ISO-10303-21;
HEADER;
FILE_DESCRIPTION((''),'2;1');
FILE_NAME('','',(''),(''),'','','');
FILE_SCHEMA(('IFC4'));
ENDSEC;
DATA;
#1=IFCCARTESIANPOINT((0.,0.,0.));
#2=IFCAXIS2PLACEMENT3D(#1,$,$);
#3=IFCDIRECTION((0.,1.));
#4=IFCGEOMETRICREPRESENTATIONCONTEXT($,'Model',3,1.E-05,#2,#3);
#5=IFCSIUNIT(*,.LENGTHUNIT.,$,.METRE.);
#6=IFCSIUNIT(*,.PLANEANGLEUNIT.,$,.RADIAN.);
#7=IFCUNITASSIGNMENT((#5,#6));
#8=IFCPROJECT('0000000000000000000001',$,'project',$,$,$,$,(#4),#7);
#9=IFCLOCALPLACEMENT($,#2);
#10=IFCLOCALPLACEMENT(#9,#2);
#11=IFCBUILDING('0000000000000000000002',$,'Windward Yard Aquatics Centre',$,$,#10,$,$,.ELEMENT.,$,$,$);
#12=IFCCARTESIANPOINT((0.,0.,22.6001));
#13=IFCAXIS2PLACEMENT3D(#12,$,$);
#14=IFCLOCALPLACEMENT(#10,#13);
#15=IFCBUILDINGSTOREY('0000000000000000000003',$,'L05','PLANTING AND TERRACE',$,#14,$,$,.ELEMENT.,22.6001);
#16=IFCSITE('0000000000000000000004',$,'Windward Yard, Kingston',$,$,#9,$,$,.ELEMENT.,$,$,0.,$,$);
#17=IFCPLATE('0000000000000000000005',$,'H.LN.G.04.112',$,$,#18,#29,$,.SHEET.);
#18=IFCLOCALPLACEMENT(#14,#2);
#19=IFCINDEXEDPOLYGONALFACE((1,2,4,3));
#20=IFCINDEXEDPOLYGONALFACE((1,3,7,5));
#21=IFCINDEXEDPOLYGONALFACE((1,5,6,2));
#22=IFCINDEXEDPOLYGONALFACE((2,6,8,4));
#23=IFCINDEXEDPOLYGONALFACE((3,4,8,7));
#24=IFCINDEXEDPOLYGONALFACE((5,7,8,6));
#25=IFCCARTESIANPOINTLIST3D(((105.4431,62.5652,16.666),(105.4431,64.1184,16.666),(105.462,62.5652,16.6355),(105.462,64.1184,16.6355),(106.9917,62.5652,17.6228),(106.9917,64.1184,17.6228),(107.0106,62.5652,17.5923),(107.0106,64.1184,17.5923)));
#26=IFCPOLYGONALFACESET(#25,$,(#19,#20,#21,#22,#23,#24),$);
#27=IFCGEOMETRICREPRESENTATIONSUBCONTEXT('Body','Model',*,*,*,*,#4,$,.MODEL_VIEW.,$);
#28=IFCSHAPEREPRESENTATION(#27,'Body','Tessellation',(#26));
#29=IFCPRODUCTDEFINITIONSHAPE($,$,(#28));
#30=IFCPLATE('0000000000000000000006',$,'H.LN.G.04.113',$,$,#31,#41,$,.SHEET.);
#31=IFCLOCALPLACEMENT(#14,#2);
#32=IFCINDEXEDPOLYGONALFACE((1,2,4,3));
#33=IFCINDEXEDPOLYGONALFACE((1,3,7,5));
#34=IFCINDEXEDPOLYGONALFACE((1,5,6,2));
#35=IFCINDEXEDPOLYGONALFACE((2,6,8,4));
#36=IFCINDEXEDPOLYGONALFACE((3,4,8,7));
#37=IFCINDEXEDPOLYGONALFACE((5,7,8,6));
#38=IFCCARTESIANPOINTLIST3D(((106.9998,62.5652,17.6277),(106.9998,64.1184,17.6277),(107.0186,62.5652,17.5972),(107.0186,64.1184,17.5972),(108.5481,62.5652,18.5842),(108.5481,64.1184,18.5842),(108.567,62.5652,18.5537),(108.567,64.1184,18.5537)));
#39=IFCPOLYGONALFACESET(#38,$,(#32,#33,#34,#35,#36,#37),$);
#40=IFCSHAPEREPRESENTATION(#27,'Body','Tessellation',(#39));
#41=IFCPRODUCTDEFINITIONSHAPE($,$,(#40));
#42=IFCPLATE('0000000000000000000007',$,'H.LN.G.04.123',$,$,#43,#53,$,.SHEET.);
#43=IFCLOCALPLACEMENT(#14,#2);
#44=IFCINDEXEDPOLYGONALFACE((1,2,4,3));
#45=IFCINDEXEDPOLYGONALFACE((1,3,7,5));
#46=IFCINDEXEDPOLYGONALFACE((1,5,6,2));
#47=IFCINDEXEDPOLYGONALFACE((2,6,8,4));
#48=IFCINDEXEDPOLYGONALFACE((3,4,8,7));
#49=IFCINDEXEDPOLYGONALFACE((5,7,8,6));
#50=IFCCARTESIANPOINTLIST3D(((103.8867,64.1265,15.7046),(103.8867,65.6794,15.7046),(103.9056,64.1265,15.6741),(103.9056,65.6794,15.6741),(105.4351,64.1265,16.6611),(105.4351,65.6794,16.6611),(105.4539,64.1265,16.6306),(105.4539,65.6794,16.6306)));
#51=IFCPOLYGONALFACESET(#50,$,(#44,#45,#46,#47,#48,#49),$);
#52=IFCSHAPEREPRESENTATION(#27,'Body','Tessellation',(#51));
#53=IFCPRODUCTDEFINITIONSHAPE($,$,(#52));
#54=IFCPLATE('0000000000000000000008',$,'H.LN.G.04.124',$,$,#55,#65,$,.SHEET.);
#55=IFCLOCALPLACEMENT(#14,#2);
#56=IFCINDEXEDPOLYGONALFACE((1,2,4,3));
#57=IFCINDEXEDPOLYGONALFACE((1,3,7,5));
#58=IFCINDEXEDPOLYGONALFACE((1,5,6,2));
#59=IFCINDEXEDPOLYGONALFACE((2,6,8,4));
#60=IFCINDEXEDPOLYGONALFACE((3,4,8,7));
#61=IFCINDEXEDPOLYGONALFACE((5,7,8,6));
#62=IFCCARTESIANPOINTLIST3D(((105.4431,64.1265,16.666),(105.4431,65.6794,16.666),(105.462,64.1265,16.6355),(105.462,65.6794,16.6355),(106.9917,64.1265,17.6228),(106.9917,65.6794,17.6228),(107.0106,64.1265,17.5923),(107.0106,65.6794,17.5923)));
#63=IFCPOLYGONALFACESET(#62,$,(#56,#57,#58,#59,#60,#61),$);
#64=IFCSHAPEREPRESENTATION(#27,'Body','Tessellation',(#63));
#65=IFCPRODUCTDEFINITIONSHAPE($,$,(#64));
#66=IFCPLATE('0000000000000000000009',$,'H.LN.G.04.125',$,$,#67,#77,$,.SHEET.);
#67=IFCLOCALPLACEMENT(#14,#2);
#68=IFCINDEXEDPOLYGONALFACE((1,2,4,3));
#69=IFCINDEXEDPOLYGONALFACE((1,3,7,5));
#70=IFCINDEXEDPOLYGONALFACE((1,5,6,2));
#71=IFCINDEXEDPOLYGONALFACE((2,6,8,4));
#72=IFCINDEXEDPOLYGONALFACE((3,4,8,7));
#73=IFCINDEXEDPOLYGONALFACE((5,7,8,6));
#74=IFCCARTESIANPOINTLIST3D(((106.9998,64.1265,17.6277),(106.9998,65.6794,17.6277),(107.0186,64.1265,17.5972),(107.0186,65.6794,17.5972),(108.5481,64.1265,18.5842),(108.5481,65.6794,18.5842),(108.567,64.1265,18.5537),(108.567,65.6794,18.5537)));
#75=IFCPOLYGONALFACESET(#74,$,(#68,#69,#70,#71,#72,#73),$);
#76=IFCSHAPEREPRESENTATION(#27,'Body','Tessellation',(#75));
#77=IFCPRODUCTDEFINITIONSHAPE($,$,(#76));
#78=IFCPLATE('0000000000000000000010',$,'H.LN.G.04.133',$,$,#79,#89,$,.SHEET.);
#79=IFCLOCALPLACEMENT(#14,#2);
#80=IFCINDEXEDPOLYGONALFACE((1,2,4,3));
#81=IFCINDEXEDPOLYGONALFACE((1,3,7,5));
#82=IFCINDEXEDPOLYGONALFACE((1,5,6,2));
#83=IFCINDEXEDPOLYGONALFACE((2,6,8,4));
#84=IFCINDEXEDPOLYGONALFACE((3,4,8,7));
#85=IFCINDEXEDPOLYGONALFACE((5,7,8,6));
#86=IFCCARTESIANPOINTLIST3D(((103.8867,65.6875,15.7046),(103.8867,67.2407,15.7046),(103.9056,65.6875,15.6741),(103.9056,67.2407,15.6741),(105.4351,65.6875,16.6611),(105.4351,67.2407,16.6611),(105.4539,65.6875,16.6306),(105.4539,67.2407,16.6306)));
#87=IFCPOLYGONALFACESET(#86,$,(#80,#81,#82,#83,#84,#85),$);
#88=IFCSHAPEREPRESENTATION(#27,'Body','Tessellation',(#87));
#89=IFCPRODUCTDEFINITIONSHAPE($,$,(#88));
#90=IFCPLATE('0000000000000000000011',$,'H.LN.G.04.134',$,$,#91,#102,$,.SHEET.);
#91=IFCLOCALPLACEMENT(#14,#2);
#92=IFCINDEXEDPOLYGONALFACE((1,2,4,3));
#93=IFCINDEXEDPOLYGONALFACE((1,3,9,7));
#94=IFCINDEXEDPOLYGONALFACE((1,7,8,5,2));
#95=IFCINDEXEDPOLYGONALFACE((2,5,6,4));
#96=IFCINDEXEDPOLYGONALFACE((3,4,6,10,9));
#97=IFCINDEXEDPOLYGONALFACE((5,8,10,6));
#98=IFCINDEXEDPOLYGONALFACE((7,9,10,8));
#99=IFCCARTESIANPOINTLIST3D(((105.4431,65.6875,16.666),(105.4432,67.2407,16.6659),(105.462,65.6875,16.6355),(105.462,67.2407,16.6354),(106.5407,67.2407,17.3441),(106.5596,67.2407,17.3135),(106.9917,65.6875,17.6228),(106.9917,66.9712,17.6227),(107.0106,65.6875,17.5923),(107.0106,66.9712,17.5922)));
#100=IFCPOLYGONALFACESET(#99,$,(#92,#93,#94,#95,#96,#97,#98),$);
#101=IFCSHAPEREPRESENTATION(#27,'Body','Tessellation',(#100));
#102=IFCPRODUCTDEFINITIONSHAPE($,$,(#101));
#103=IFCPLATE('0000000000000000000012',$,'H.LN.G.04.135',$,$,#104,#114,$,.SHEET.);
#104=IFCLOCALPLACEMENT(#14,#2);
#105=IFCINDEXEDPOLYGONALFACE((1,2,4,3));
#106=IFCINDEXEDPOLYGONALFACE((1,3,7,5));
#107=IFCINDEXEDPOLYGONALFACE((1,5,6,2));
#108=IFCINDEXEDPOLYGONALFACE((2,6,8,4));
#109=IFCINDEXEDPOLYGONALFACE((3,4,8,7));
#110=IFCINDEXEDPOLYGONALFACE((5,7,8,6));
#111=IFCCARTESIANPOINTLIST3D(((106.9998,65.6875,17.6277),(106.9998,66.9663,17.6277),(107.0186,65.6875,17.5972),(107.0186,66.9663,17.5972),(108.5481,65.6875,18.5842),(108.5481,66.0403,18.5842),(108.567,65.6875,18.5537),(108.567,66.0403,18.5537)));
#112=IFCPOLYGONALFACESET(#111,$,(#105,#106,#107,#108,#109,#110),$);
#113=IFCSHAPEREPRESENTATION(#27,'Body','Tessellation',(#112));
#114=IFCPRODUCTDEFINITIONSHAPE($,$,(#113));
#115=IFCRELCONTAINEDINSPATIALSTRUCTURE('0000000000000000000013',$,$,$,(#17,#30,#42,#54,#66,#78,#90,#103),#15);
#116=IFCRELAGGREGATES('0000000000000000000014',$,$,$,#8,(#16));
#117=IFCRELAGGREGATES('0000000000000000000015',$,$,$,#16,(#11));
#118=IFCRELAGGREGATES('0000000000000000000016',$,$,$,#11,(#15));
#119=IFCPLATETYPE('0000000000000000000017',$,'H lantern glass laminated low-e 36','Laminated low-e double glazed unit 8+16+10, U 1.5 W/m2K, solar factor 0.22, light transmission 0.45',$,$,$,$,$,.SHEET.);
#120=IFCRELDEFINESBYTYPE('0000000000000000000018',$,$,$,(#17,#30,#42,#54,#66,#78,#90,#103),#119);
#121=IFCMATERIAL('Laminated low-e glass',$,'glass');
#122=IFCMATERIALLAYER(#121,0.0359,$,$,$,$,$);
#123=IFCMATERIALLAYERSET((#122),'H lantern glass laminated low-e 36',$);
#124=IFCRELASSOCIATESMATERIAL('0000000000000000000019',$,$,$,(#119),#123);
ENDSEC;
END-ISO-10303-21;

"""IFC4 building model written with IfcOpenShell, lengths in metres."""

from ifc_helpers import new_model, si_unit, direction, frame, origin, place, context, subcontext, project, spatial, polyline, outline, extrude, material, layer, layer_set, type_object, element, save


model = new_model("IFC4")

# Units and contexts
model_context = context("Model", 3, precision=1e-05, world=origin(), true_north=direction((0.0, 1.0)))
body_context = subcontext(model_context, "Body", "Model", "MODEL_VIEW")
ifc_project = project(units=[si_unit("LENGTHUNIT", "METRE"), si_unit("PLANEANGLEUNIT", "RADIAN")], contexts=[model_context])

# Site, building, storey
site_placement = place(None, origin())
site = spatial("IfcSite", under=ifc_project, at=site_placement, Name="Windward Yard, Kingston", CompositionType="ELEMENT", RefElevation=0.0)
building_placement = place(site_placement, origin())
building = spatial("IfcBuilding", under=site, at=building_placement, Name="Windward Yard Aquatics Centre", CompositionType="ELEMENT")
storey_placement = place(building_placement, frame((0.0, 0.0, 22.6001)))
storey = spatial("IfcBuildingStorey", under=building, at=storey_placement, Name="L05", Description="PLANTING AND TERRACE", CompositionType="ELEMENT", Elevation=22.6001)

# Plates
ifc_material_1 = material(Name="Laminated low-e glass", Category="glass")
ifc_layer = layer(ifc_material_1, 0.0359)
ifc_layer_set = layer_set([ifc_layer], Name="H lantern glass laminated low-e 36")
plate_type = type_object("IfcPlateType", Name="H lantern glass laminated low-e 36", Description="Laminated low-e double glazed unit 8+16+10, U 1.5 W/m2K, solar factor 0.22, light transmission 0.45", PredefinedType="SHEET", material=ifc_layer_set)
plate_1_placement = place(storey_placement, frame((105.4431, 62.5652, 16.666), z_axis=(-0.525616, 0.0, 0.850722), x_axis=(0.0, 1.0, 0.0)))
element("IfcPlate", 1, at=plate_1_placement, inside=storey, type_object=plate_type, Name="H.LN.G.04.112", PredefinedType="SHEET", context=body_context, shape_type="SweptSolid", body=[
    extrude(outline(polyline([(0.0, 0.0), (1.5532, 0.0), (1.5532, -1.8203), (0.0, -1.8203), (0.0, 0.0)])), origin(), (0.0, 0.0, -1.0), 0.0359),
])
plate_2_placement = place(storey_placement, frame((106.9998, 62.5652, 17.6277), z_axis=(-0.525579, 0.0, 0.850745), x_axis=(0.0, 1.0, 0.0)))
element("IfcPlate", 2, at=plate_2_placement, inside=storey, type_object=plate_type, Name="H.LN.G.04.113", PredefinedType="SHEET", context=body_context, shape_type="SweptSolid", body=[
    extrude(outline(polyline([(0.0, 0.0), (1.5532, 0.0), (1.5532, -1.82), (0.0, -1.82), (0.0, 0.0)])), origin(), (0.0, 0.0, -1.0), 0.0359),
])
plate_3_placement = place(storey_placement, frame((103.8867, 64.1265, 15.7046), z_axis=(-0.525579, 0.0, 0.850745), x_axis=(0.0, 1.0, 0.0)))
element("IfcPlate", 3, at=plate_3_placement, inside=storey, type_object=plate_type, Name="H.LN.G.04.123", PredefinedType="SHEET", context=body_context, shape_type="SweptSolid", body=[
    extrude(outline(polyline([(0.0, 0.0), (1.553, 0.0), (1.553, -1.82), (0.0, -1.82), (0.0, 0.0)])), origin(), (0.0, 0.0, -1.0), 0.0359),
])
plate_4_placement = place(storey_placement, frame((105.4431, 64.1265, 16.666), z_axis=(-0.525616, 0.0, 0.850722), x_axis=(0.0, 1.0, 0.0)))
element("IfcPlate", 4, at=plate_4_placement, inside=storey, type_object=plate_type, Name="H.LN.G.04.124", PredefinedType="SHEET", context=body_context, shape_type="SweptSolid", body=[
    extrude(outline(polyline([(0.0, 0.0), (1.553, 0.0), (1.553, -1.8203), (0.0, -1.8203), (0.0, 0.0)])), origin(), (0.0, 0.0, -1.0), 0.0359),
])
plate_5_placement = place(storey_placement, frame((106.9998, 64.1265, 17.6277), z_axis=(-0.525579, 0.0, 0.850745), x_axis=(0.0, 1.0, 0.0)))
element("IfcPlate", 5, at=plate_5_placement, inside=storey, type_object=plate_type, Name="H.LN.G.04.125", PredefinedType="SHEET", context=body_context, shape_type="SweptSolid", body=[
    extrude(outline(polyline([(0.0, 0.0), (1.553, 0.0), (1.553, -1.82), (0.0, -1.82), (0.0, 0.0)])), origin(), (0.0, 0.0, -1.0), 0.0359),
])
plate_6_placement = place(storey_placement, frame((103.8867, 65.6875, 15.7046), z_axis=(-0.525579, 0.0, 0.850745), x_axis=(0.0, 1.0, 0.0)))
element("IfcPlate", 6, at=plate_6_placement, inside=storey, type_object=plate_type, Name="H.LN.G.04.133", PredefinedType="SHEET", context=body_context, shape_type="SweptSolid", body=[
    extrude(outline(polyline([(0.0, 0.0), (1.5532, 0.0), (1.5532, -1.82), (0.0, -1.82), (0.0, 0.0)])), origin(), (0.0, 0.0, -1.0), 0.0359),
])
plate_7_placement = place(storey_placement, frame((105.4431, 65.6875, 16.666), z_axis=(-0.525608, 0.000057, 0.850727), x_axis=(0.00003, 1.0, -0.000049)))
element("IfcPlate", 7, at=plate_7_placement, inside=storey, type_object=plate_type, Name="H.LN.G.04.134", PredefinedType="SHEET", context=body_context, shape_type="SweptSolid", body=[
    extrude(outline(polyline([(0.0, 0.0), (1.5532, 0.0), (1.5532, -1.2902), (1.2837, -1.8203), (0.0, -1.8203), (0.0, 0.0)])), origin(), (0.0, 0.0, -1.0), 0.0359),
])
plate_8_placement = place(storey_placement, frame((106.9998, 65.6875, 17.6277), z_axis=(-0.525579, 0.0, 0.850745), x_axis=(0.0, 1.0, 0.0)))
element("IfcPlate", 8, at=plate_8_placement, inside=storey, type_object=plate_type, Name="H.LN.G.04.135", PredefinedType="SHEET", context=body_context, shape_type="SweptSolid", body=[
    extrude(outline(polyline([(0.0, 0.0), (1.2788, 0.0), (0.3528, -1.82), (0.0, -1.82), (0.0, 0.0)])), origin(), (0.0, 0.0, -1.0), 0.0359),
])

save(model, "model.ifc")
